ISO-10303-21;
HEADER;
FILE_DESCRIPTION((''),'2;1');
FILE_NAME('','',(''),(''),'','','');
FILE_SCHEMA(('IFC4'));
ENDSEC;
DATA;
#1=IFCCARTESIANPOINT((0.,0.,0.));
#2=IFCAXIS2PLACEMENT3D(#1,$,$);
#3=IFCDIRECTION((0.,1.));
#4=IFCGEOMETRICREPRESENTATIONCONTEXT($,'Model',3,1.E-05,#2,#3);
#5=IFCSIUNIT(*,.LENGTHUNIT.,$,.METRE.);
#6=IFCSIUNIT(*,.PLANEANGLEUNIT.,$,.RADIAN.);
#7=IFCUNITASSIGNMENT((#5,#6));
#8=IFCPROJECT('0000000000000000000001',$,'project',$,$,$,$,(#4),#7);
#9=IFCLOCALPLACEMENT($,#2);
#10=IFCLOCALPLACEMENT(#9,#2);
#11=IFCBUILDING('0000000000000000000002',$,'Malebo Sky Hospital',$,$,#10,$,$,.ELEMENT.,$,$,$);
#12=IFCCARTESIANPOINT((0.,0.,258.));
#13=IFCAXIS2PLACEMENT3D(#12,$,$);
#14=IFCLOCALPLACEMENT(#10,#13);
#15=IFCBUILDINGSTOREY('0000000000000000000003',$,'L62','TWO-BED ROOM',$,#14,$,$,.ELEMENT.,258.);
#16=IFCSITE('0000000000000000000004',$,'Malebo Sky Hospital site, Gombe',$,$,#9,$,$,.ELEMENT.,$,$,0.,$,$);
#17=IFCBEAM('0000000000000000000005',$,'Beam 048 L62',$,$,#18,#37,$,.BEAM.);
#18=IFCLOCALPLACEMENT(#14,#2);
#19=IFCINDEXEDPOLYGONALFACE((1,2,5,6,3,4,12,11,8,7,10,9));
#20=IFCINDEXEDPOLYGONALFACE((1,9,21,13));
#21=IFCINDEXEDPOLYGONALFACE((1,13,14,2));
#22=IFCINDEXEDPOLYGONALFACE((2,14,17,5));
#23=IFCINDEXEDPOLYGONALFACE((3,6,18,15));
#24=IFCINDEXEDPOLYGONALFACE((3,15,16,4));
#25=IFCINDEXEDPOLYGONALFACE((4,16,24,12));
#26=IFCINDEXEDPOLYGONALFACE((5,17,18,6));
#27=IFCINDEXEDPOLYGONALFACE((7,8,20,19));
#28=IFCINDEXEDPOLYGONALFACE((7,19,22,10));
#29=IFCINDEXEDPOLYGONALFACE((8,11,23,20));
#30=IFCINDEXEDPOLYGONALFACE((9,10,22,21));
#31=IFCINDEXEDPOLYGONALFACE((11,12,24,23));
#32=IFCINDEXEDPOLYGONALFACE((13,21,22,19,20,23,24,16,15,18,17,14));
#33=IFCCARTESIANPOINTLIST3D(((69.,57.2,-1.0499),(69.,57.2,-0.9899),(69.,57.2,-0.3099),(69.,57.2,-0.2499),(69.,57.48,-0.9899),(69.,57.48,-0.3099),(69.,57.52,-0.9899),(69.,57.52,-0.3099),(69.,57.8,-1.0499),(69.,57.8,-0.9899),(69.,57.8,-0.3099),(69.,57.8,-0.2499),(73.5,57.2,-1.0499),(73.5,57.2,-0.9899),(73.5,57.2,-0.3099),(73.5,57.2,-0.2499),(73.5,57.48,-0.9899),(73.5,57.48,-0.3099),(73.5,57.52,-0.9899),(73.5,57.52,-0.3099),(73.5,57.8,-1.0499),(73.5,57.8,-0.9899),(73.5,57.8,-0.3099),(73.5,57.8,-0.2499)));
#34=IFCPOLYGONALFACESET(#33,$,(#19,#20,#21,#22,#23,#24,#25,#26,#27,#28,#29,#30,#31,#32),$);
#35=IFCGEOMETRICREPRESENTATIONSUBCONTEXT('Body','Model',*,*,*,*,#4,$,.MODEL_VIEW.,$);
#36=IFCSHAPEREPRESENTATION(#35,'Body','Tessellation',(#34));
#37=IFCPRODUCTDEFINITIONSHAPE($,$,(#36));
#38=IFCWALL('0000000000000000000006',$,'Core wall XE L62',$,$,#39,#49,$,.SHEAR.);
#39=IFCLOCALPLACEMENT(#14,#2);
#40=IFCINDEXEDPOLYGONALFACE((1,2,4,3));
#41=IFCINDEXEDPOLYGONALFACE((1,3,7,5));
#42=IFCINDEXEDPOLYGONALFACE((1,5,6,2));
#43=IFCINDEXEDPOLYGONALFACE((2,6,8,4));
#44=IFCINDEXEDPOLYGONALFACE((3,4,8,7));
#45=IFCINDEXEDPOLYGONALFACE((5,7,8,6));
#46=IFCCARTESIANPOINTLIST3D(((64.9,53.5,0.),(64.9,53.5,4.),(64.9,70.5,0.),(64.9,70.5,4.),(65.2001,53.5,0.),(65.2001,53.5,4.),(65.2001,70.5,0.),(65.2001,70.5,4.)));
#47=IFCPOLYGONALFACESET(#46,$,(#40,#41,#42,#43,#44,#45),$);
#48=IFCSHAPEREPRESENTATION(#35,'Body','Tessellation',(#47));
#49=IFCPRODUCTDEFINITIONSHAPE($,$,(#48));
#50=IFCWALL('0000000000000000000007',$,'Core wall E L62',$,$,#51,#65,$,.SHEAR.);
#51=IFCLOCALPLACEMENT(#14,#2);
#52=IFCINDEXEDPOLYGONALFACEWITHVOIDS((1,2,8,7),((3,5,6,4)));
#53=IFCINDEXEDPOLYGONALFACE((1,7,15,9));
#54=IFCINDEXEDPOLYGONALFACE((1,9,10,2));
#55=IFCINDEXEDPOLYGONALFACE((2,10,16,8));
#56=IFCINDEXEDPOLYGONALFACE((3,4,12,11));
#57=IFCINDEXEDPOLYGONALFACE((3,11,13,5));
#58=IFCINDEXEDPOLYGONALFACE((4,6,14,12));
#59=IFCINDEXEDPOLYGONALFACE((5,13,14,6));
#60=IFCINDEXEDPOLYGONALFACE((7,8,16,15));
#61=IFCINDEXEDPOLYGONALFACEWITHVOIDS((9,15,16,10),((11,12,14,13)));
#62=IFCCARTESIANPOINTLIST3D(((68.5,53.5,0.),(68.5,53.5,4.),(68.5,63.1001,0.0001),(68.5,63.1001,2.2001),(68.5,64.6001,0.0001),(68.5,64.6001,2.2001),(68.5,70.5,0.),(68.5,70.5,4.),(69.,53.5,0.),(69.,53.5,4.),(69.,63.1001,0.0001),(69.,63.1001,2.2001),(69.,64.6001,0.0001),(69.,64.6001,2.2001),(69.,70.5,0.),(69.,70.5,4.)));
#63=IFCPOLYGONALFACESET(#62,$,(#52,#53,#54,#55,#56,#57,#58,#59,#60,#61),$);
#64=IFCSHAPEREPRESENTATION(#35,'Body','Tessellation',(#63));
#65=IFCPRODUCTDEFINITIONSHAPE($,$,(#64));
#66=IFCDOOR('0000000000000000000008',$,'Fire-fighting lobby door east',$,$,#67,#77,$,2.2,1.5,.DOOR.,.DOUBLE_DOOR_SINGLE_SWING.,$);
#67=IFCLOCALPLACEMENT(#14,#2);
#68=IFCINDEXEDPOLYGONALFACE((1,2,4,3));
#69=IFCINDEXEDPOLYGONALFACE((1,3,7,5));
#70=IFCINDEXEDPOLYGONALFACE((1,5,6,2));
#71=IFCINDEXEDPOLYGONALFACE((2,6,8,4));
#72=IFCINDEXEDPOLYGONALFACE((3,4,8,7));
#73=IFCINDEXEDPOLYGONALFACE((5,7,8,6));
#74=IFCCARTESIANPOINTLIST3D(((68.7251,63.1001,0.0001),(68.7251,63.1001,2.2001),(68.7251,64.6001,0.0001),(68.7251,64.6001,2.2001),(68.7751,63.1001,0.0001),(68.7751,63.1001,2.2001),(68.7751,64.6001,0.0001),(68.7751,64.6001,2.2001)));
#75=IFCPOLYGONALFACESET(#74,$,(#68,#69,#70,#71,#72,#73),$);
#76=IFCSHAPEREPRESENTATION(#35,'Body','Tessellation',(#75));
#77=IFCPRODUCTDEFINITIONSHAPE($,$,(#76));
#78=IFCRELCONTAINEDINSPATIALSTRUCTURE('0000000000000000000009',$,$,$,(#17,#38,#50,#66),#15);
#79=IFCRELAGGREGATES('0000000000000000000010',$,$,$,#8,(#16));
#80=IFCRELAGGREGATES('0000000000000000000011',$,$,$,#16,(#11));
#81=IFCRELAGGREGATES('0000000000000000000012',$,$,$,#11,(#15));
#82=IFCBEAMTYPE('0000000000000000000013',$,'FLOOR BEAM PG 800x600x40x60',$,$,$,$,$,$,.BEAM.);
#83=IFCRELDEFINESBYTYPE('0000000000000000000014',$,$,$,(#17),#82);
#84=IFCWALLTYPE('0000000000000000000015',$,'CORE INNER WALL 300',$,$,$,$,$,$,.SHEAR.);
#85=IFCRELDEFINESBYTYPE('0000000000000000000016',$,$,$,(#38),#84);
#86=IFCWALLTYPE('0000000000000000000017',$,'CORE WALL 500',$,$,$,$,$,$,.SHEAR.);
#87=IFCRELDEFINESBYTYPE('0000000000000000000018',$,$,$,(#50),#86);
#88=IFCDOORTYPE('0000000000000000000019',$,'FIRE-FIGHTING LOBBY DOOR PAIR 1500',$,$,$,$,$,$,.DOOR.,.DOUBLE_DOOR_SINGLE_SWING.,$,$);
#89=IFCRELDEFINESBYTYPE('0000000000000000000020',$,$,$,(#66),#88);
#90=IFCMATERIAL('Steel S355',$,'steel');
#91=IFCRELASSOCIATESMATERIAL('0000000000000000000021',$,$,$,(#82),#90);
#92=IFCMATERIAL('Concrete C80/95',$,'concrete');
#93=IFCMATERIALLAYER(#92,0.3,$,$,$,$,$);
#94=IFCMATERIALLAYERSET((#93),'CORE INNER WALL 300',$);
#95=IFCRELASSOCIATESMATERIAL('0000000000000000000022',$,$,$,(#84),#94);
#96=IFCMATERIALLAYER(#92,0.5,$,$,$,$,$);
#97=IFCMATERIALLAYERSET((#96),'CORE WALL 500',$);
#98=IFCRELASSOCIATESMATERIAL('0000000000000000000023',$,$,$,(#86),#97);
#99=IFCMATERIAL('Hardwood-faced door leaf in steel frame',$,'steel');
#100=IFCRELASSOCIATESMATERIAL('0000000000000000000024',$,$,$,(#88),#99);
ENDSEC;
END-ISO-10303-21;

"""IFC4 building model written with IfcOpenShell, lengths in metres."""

from ifc_helpers import new_model, si_unit, direction, frame, frame_2d, origin, origin_2d, place, context, subcontext, project, spatial, rectangle, i_section, extrude, material, layer, layer_set, material_profile, profile_set, type_object, element, fill, save


model = new_model("IFC4")

# Units and contexts
model_context = context("Model", 3, precision=1e-05, world=origin(), true_north=direction((0.0, 1.0)))
body_context = subcontext(model_context, "Body", "Model", "MODEL_VIEW")
ifc_project = project(units=[si_unit("LENGTHUNIT", "METRE"), si_unit("PLANEANGLEUNIT", "RADIAN")], contexts=[model_context])

# Site, building, storey
site_placement = place(None, origin())
site = spatial("IfcSite", under=ifc_project, at=site_placement, Name="Malebo Sky Hospital site, Gombe", CompositionType="ELEMENT", RefElevation=0.0)
building_placement = place(site_placement, origin())
building = spatial("IfcBuilding", under=site, at=building_placement, Name="Malebo Sky Hospital", CompositionType="ELEMENT")
storey_placement = place(building_placement, frame((0.0, 0.0, 258.0)))
storey = spatial("IfcBuildingStorey", under=building, at=storey_placement, Name="L62", Description="TWO-BED ROOM", CompositionType="ELEMENT", Elevation=258.0)

# Beam
ifc_material_1 = material(Name="Steel S355", Category="steel")
ifc_material_profile = material_profile(ifc_material_1, i_section(OverallWidth=0.6001, OverallDepth=0.8, WebThickness=0.04, FlangeThickness=0.0601, at=origin_2d()), Name="PG 800x600x40x60")
ifc_profile_set = profile_set([ifc_material_profile], Name="Steel S355")
beam_type = type_object("IfcBeamType", Name="FLOOR BEAM PG 800x600x40x60", PredefinedType="BEAM", material=ifc_profile_set)
beam_placement = place(storey_placement, frame((69.0, 57.5, -0.6499), z_axis=(1.0, 0.0, 0.0), x_axis=(0.0, 1.0, 0.0)))
element("IfcBeam", 1, at=beam_placement, inside=storey, type_object=beam_type, Name="Beam 048 L62", PredefinedType="BEAM", context=body_context, shape_type="SweptSolid", body=[
    extrude(i_section(OverallWidth=0.6001, OverallDepth=0.8, WebThickness=0.04, FlangeThickness=0.0601, at=origin_2d()), origin(), (0.0, 0.0, 1.0), 4.5),
])

# Wall
ifc_material_2 = material(Name="Concrete C80/95", Category="concrete")
ifc_layer_1 = layer(ifc_material_2, 0.3)
ifc_layer_set_1 = layer_set([ifc_layer_1], Name="CORE INNER WALL 300")
wall_type_1 = type_object("IfcWallType", Name="CORE INNER WALL 300", PredefinedType="SHEAR", material=ifc_layer_set_1)
wall_1_placement = place(storey_placement, frame((65.05, 53.5, 0.0), z_axis=(0.0, 0.0, 1.0), x_axis=(0.0, 1.0, 0.0)))
element("IfcWall", 2, at=wall_1_placement, inside=storey, type_object=wall_type_1, Name="Core wall XE L62", PredefinedType="SHEAR", context=body_context, shape_type="SweptSolid", body=[
    extrude(rectangle(XDim=17.0, YDim=0.3, at=frame_2d((8.5, 0.0))), origin(), (0.0, 0.0, 1.0), 4.0),
])

# Wall, opening, door
ifc_layer_2 = layer(ifc_material_2, 0.5)
ifc_layer_set_2 = layer_set([ifc_layer_2], Name="CORE WALL 500")
wall_type_2 = type_object("IfcWallType", Name="CORE WALL 500", PredefinedType="SHEAR", material=ifc_layer_set_2)
wall_2_placement = place(storey_placement, frame((68.75, 53.5, 0.0), z_axis=(0.0, 0.0, 1.0), x_axis=(0.0, 1.0, 0.0)))
wall_2 = element("IfcWall", 3, at=wall_2_placement, inside=storey, type_object=wall_type_2, Name="Core wall E L62", PredefinedType="SHEAR", context=body_context, shape_type="SweptSolid", body=[
    extrude(rectangle(XDim=17.0, YDim=0.5, at=frame_2d((8.5, 0.0))), origin(), (0.0, 0.0, 1.0), 4.0),
])
opening_1_placement = place(wall_2_placement, frame((9.6001, 0.0, 0.0)))
opening_1 = element("IfcOpeningElement", 4, at=opening_1_placement, cuts=wall_2, PredefinedType="OPENING", context=body_context, shape_type="SweptSolid", body=[
    extrude(rectangle(XDim=1.5, YDim=2.2, at=frame_2d((0.75, 1.1001))), frame((0.0, 0.26, 0.0), z_axis=(0.0, -1.0, 0.0), x_axis=(1.0, 0.0, 0.0)), (0.0, 0.0, 1.0), 0.52),
])
ifc_material_3 = material(Name="Hardwood-faced door leaf in steel frame", Category="steel")
door_type_1 = type_object("IfcDoorType", Name="FIRE-FIGHTING LOBBY DOOR PAIR 1500", OperationType="DOUBLE_DOOR_SINGLE_SWING", PredefinedType="DOOR", material=ifc_material_3)
door_1_placement = place(opening_1_placement, origin())
door_1 = element("IfcDoor", 5, at=door_1_placement, inside=storey, type_object=door_type_1, Name="Fire-fighting lobby door east", OperationType="DOUBLE_DOOR_SINGLE_SWING", OverallHeight=2.2, OverallWidth=1.5, PredefinedType="DOOR", context=body_context, shape_type="SweptSolid", body=[
    extrude(rectangle(XDim=1.5, YDim=2.2, at=frame_2d((0.75, 1.1001))), frame((0.0, 0.0249, 0.0), z_axis=(0.0, -1.0, 0.0), x_axis=(1.0, 0.0, 0.0)), (0.0, 0.0, 1.0), 0.05),
])
fill(opening_1, door_1)

save(model, "model.ifc")
